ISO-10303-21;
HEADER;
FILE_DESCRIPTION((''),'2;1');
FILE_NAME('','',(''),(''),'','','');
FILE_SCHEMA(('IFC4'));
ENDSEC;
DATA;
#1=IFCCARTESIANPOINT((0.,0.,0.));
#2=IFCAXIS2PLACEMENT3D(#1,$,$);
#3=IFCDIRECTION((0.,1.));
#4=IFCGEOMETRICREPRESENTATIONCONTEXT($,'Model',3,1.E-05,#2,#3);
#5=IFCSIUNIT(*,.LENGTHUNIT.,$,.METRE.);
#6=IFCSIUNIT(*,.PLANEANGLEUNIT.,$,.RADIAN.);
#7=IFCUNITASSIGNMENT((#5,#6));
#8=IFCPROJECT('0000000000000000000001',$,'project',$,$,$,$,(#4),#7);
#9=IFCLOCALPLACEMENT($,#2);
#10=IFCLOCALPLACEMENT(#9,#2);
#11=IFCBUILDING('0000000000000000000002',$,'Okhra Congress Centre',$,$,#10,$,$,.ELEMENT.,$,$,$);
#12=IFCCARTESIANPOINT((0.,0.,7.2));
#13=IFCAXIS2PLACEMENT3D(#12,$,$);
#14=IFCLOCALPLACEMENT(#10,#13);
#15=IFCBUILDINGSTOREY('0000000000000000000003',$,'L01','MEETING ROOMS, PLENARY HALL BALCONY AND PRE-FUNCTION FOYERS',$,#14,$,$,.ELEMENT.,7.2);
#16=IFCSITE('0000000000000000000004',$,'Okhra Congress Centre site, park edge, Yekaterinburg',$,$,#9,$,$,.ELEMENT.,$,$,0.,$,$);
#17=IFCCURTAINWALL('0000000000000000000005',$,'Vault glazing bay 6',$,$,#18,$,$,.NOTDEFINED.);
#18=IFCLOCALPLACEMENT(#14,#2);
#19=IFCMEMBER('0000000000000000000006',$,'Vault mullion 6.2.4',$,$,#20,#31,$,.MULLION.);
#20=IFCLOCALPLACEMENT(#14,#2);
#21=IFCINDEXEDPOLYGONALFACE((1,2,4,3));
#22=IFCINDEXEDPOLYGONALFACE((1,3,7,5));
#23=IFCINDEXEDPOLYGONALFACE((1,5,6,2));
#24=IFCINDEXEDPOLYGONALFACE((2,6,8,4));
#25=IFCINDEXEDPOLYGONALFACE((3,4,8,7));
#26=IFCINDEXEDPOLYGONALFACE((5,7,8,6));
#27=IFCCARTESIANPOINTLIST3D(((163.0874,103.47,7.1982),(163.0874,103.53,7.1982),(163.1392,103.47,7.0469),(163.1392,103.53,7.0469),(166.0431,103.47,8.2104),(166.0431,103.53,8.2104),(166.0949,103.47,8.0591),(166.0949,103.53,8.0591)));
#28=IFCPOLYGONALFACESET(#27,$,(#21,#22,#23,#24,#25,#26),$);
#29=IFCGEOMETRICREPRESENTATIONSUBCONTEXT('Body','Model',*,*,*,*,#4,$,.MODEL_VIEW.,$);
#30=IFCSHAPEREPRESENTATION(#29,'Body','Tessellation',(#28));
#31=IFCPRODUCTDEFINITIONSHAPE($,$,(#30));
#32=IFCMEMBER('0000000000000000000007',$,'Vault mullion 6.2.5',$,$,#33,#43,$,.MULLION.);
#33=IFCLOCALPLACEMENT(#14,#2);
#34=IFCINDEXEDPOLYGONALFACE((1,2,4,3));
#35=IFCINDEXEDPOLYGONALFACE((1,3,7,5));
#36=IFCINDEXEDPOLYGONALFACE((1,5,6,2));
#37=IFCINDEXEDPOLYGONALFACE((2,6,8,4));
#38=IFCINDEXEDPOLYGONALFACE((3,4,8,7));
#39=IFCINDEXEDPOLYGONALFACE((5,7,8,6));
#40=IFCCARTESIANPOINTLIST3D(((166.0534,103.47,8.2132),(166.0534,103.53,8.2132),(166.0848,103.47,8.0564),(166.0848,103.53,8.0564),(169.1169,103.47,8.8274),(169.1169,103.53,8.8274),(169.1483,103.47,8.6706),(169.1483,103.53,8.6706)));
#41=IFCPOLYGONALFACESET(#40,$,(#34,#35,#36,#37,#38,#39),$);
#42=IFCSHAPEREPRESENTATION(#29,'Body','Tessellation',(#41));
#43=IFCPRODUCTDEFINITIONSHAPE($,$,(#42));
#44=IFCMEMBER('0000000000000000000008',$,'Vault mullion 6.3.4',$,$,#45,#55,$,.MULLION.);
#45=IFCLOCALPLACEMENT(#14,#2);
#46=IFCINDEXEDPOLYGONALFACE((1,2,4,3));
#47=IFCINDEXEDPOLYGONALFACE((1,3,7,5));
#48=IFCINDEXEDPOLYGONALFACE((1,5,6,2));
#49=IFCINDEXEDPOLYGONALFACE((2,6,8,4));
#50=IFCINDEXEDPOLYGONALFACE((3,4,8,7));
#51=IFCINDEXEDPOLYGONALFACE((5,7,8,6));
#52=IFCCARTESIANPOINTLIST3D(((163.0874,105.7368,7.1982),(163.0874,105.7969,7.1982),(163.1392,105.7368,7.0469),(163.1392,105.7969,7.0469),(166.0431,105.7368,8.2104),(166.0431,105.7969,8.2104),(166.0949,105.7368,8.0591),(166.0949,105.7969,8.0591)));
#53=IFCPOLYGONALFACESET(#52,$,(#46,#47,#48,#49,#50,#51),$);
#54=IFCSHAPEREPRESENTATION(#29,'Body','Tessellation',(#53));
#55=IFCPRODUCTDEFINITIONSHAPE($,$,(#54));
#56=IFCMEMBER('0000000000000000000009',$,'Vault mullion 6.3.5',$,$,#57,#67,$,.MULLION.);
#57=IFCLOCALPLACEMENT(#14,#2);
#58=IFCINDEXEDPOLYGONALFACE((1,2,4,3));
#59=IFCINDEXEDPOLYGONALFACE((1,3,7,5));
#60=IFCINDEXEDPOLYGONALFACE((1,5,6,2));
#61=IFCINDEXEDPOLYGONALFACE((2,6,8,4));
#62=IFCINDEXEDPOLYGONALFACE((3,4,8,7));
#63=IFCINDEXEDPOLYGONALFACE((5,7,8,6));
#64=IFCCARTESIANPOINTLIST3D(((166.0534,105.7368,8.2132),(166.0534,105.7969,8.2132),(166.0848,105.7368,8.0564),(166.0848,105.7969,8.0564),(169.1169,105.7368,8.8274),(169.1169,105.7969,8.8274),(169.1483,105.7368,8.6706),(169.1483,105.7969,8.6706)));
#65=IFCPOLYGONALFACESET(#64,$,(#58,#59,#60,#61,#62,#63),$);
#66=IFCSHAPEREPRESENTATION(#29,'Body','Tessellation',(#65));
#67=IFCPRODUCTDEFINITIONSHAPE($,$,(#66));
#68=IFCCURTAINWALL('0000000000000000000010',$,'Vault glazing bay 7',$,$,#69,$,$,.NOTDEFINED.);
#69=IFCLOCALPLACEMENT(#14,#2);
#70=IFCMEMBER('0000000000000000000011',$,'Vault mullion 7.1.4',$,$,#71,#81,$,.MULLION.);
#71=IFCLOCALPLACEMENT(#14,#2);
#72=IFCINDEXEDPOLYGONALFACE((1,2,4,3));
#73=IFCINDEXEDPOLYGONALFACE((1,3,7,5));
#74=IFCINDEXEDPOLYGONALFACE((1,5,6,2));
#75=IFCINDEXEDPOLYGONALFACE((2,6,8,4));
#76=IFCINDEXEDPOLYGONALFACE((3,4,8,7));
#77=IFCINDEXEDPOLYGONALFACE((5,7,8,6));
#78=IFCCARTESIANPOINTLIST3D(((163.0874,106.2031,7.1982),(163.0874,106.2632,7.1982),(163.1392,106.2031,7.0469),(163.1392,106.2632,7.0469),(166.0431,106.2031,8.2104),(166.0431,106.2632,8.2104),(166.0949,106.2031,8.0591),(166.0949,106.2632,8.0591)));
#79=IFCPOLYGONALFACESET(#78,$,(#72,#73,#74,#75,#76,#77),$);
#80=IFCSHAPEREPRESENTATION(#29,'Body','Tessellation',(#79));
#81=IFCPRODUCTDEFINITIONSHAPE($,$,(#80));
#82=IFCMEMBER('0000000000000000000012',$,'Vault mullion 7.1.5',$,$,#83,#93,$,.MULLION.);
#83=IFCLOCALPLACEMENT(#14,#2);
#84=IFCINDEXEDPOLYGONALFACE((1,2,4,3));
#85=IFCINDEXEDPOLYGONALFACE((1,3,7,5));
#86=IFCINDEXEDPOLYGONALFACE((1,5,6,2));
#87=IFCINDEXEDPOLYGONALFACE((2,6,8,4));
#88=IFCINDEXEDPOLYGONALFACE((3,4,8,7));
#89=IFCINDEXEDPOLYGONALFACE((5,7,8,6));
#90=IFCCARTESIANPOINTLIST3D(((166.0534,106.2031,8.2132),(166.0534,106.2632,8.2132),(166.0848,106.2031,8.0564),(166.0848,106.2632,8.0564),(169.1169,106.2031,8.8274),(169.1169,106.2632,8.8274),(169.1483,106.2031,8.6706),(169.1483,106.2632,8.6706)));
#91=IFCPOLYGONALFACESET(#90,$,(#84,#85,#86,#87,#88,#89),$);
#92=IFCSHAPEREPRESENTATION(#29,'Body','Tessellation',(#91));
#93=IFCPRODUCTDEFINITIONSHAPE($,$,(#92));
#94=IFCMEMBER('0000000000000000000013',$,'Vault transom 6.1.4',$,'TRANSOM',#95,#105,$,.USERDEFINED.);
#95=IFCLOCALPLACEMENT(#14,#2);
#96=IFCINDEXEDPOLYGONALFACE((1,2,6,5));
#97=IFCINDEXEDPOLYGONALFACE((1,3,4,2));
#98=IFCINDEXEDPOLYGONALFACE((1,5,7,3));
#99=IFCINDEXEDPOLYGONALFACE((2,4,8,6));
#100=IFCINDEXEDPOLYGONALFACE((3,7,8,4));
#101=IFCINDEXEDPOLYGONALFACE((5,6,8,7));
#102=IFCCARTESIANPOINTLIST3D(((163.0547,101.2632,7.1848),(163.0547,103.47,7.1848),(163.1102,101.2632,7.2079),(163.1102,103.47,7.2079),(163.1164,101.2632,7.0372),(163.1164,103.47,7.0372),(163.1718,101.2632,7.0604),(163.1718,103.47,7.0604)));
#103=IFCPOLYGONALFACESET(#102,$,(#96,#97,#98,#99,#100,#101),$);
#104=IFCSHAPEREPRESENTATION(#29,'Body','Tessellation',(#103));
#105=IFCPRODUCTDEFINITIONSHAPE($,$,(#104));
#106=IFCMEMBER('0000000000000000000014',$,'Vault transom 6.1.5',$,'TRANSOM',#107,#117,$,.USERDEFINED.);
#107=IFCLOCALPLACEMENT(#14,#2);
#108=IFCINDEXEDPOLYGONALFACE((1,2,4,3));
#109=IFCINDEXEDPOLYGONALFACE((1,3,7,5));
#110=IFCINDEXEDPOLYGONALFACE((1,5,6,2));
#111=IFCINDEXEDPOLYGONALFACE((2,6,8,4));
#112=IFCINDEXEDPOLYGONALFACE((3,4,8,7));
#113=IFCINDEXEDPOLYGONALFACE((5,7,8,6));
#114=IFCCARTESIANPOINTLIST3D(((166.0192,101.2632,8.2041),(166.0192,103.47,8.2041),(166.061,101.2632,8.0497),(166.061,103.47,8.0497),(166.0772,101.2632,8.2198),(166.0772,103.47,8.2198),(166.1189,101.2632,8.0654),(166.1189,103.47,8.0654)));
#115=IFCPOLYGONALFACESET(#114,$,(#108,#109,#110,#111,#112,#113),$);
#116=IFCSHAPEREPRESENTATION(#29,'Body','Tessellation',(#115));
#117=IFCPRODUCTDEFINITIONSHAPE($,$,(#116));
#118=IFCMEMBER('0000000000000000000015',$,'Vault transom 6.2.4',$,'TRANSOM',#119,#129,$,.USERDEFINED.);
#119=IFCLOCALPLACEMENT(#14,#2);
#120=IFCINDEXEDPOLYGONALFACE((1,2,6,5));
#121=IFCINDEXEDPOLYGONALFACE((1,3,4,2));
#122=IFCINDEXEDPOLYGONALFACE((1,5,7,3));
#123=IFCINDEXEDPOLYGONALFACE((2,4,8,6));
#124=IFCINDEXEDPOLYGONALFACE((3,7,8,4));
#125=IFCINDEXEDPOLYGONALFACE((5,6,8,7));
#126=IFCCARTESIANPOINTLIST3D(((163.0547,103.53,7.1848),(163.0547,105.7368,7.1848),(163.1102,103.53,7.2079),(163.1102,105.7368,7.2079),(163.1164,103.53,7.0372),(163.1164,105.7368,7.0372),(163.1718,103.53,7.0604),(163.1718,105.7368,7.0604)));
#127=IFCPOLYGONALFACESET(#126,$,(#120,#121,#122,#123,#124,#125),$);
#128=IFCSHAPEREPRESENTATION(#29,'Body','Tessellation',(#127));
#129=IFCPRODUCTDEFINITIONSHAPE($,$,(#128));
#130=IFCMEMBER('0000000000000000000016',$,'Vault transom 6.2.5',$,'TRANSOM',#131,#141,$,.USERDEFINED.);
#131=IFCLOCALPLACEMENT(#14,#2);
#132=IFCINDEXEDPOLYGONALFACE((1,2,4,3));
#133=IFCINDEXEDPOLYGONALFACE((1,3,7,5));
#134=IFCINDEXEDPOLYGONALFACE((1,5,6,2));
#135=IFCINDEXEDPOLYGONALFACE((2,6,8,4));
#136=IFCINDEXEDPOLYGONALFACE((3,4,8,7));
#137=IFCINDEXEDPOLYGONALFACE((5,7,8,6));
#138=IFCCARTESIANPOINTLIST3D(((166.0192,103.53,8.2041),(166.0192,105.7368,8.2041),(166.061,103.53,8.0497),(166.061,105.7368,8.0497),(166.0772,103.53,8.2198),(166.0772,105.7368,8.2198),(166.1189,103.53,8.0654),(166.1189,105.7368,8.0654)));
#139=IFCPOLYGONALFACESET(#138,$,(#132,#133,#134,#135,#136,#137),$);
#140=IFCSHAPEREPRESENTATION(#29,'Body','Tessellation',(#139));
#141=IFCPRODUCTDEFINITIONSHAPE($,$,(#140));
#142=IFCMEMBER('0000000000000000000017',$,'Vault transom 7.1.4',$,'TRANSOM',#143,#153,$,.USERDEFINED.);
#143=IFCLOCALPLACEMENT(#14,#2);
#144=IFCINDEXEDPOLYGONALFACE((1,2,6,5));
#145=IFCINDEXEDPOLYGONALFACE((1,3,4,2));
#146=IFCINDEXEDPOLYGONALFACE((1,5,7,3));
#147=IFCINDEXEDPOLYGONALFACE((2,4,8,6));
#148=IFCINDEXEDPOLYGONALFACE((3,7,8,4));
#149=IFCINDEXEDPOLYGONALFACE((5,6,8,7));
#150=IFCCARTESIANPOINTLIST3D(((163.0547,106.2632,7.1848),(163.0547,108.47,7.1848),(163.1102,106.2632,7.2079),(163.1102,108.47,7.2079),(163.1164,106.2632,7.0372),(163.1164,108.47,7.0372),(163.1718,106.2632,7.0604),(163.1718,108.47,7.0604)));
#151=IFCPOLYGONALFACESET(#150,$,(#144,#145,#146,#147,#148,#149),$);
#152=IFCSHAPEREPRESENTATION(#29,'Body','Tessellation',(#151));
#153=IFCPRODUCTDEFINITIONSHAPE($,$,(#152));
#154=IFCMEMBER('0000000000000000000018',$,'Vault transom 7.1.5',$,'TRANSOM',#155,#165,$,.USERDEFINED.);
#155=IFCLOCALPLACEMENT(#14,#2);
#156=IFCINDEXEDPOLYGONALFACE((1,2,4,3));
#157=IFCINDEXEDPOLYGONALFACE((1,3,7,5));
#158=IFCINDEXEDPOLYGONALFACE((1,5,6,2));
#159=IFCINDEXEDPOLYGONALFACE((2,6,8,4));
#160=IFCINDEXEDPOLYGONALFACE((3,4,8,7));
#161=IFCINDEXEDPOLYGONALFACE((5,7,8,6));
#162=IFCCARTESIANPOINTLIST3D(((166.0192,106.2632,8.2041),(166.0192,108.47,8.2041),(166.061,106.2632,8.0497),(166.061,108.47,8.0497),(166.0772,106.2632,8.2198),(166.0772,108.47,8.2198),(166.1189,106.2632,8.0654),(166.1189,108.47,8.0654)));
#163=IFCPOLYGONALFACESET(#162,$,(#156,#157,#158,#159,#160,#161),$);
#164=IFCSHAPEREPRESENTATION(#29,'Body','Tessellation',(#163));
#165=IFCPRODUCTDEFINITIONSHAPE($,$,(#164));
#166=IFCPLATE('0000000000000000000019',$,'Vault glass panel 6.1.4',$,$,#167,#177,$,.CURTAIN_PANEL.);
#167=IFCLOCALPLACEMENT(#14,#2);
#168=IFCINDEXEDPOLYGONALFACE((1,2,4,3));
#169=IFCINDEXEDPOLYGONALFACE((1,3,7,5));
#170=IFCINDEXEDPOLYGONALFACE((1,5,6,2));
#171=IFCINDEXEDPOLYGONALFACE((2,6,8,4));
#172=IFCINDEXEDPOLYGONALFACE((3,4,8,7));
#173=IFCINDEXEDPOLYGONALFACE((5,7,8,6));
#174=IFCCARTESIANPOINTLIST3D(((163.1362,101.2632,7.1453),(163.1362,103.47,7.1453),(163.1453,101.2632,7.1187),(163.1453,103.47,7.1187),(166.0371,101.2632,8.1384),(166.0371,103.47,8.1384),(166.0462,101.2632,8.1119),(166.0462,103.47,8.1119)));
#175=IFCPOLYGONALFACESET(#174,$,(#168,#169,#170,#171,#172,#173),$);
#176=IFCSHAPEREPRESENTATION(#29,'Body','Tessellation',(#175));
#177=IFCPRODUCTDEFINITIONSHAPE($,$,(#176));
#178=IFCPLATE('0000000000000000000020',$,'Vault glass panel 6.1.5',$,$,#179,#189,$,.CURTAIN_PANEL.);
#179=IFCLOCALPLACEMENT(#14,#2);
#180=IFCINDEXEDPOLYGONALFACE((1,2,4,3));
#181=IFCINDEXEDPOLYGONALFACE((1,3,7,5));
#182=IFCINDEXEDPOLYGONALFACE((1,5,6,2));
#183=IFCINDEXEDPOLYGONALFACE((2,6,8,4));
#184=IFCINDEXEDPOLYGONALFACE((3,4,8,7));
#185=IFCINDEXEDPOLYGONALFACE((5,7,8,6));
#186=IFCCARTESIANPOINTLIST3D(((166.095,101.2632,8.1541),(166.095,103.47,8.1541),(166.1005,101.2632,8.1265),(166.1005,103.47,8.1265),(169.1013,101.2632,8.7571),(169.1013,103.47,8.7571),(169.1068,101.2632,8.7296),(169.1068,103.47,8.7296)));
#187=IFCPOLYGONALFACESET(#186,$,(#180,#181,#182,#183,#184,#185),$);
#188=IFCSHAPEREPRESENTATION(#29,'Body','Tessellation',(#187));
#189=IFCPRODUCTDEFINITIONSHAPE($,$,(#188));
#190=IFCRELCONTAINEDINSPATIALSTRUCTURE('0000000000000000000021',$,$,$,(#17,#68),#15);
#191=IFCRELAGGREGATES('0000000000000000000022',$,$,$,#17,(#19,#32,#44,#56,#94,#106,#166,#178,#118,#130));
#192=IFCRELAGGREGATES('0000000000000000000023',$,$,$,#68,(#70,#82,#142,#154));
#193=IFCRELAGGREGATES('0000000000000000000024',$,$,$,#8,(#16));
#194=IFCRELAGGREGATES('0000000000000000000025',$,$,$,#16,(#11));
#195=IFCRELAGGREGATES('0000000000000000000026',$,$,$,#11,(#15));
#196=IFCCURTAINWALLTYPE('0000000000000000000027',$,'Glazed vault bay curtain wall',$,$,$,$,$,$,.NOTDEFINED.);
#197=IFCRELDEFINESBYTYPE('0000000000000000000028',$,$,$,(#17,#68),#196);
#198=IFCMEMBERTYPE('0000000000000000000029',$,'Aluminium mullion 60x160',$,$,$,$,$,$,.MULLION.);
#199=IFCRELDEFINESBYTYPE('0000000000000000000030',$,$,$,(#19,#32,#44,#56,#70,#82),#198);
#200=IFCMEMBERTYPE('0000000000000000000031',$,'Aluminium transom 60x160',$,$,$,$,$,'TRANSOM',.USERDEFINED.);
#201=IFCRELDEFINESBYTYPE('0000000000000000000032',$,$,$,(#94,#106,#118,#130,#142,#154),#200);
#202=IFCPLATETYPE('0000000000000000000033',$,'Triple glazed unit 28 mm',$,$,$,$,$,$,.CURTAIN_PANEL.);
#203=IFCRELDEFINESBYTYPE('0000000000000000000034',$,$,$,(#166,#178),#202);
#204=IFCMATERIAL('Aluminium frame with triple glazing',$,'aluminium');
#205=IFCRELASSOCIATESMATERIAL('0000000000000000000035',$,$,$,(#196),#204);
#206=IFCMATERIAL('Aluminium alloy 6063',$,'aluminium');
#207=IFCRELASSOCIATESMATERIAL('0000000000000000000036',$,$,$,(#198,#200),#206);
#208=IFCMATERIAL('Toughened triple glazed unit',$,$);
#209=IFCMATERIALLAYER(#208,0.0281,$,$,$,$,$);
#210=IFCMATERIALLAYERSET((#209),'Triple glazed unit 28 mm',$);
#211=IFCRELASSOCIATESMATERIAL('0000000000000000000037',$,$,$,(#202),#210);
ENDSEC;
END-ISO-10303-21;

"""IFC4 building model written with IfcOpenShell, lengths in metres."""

from ifc_helpers import new_model, si_unit, direction, frame, origin, origin_2d, place, context, subcontext, project, spatial, polyline, rectangle, outline, extrude, material, layer, layer_set, material_profile, profile_set, type_object, element, aggregate, save


model = new_model("IFC4")

# Units and contexts
model_context = context("Model", 3, precision=1e-05, world=origin(), true_north=direction((0.0, 1.0)))
body_context = subcontext(model_context, "Body", "Model", "MODEL_VIEW")
ifc_project = project(units=[si_unit("LENGTHUNIT", "METRE"), si_unit("PLANEANGLEUNIT", "RADIAN")], contexts=[model_context])

# Site, building, storey
site_placement = place(None, origin())
site = spatial("IfcSite", under=ifc_project, at=site_placement, Name="Okhra Congress Centre site, park edge, Yekaterinburg", CompositionType="ELEMENT", RefElevation=0.0)
building_placement = place(site_placement, origin())
building = spatial("IfcBuilding", under=site, at=building_placement, Name="Okhra Congress Centre", CompositionType="ELEMENT")
storey_placement = place(building_placement, frame((0.0, 0.0, 7.2)))
storey = spatial("IfcBuildingStorey", under=building, at=storey_placement, Name="L01", Description="MEETING ROOMS, PLENARY HALL BALCONY AND PRE-FUNCTION FOYERS", CompositionType="ELEMENT", Elevation=7.2)

# Curtain walls, members
ifc_material_1 = material(Name="Aluminium frame with triple glazing", Category="aluminium")
curtain_wall_type = type_object("IfcCurtainWallType", Name="Glazed vault bay curtain wall", PredefinedType="NOTDEFINED", material=ifc_material_1)
curtain_wall_1_placement = place(storey_placement, origin())
curtain_wall_1 = element("IfcCurtainWall", 1, at=curtain_wall_1_placement, inside=storey, type_object=curtain_wall_type, Name="Vault glazing bay 6", PredefinedType="NOTDEFINED")
ifc_material_2 = material(Name="Aluminium alloy 6063", Category="aluminium")
ifc_material_profile_1 = material_profile(ifc_material_2, rectangle(XDim=0.0601, YDim=0.1599, at=origin_2d()), Name="AL 60x160")
ifc_profile_set_1 = profile_set([ifc_material_profile_1], Name="Aluminium alloy 6063")
member_type_1 = type_object("IfcMemberType", Name="Aluminium mullion 60x160", PredefinedType="MULLION", material=ifc_profile_set_1)
member_1_placement = place(storey_placement, frame((163.1133, 103.5, 7.1226), z_axis=(0.946065, 0.0, 0.323977), x_axis=(0.0, 1.0, 0.0)))
member_1 = element("IfcMember", 2, at=member_1_placement, type_object=member_type_1, Name="Vault mullion 6.2.4", PredefinedType="MULLION", context=body_context, shape_type="SweptSolid", body=[
    extrude(rectangle(XDim=0.0601, YDim=0.1599, at=origin_2d()), origin(), (0.0, 0.0, 1.0), 3.1243),
])
member_2_placement = place(storey_placement, frame((166.0691, 103.5, 8.1348), z_axis=(0.980484, 0.0, 0.196597), x_axis=(0.0, 1.0, 0.0)))
member_2 = element("IfcMember", 3, at=member_2_placement, type_object=member_type_1, Name="Vault mullion 6.2.5", PredefinedType="MULLION", context=body_context, shape_type="SweptSolid", body=[
    extrude(rectangle(XDim=0.0601, YDim=0.1599, at=origin_2d()), origin(), (0.0, 0.0, 1.0), 3.1245),
])
member_3_placement = place(storey_placement, frame((163.1133, 105.7668, 7.1226), z_axis=(0.946065, 0.0, 0.323977), x_axis=(0.0, 1.0, 0.0)))
member_3 = element("IfcMember", 4, at=member_3_placement, type_object=member_type_1, Name="Vault mullion 6.3.4", PredefinedType="MULLION", context=body_context, shape_type="SweptSolid", body=[
    extrude(rectangle(XDim=0.0601, YDim=0.1599, at=origin_2d()), origin(), (0.0, 0.0, 1.0), 3.1243),
])
member_4_placement = place(storey_placement, frame((166.0691, 105.7668, 8.1348), z_axis=(0.980484, 0.0, 0.196597), x_axis=(0.0, 1.0, 0.0)))
member_4 = element("IfcMember", 5, at=member_4_placement, type_object=member_type_1, Name="Vault mullion 6.3.5", PredefinedType="MULLION", context=body_context, shape_type="SweptSolid", body=[
    extrude(rectangle(XDim=0.0601, YDim=0.1599, at=origin_2d()), origin(), (0.0, 0.0, 1.0), 3.1245),
])
curtain_wall_2_placement = place(storey_placement, origin())
curtain_wall_2 = element("IfcCurtainWall", 6, at=curtain_wall_2_placement, inside=storey, type_object=curtain_wall_type, Name="Vault glazing bay 7", PredefinedType="NOTDEFINED")
member_5_placement = place(storey_placement, frame((163.1133, 106.2332, 7.1226), z_axis=(0.946065, 0.0, 0.323977), x_axis=(0.0, 1.0, 0.0)))
member_5 = element("IfcMember", 7, at=member_5_placement, type_object=member_type_1, Name="Vault mullion 7.1.4", PredefinedType="MULLION", context=body_context, shape_type="SweptSolid", body=[
    extrude(rectangle(XDim=0.0601, YDim=0.1599, at=origin_2d()), origin(), (0.0, 0.0, 1.0), 3.1243),
])
member_6_placement = place(storey_placement, frame((166.0691, 106.2332, 8.1348), z_axis=(0.980484, 0.0, 0.196597), x_axis=(0.0, 1.0, 0.0)))
member_6 = element("IfcMember", 8, at=member_6_placement, type_object=member_type_1, Name="Vault mullion 7.1.5", PredefinedType="MULLION", context=body_context, shape_type="SweptSolid", body=[
    extrude(rectangle(XDim=0.0601, YDim=0.1599, at=origin_2d()), origin(), (0.0, 0.0, 1.0), 3.1245),
])

# Members
ifc_material_profile_2 = material_profile(ifc_material_2, rectangle(XDim=0.0601, YDim=0.1599, at=origin_2d()), Name="AL 60x160 transom")
ifc_profile_set_2 = profile_set([ifc_material_profile_2], Name="Aluminium alloy 6063")
member_type_2 = type_object("IfcMemberType", Name="Aluminium transom 60x160", ElementType="TRANSOM", PredefinedType="USERDEFINED", material=ifc_profile_set_2)
member_7_placement = place(storey_placement, frame((163.1133, 101.2632, 7.1226), z_axis=(0.0, 1.0, 0.0), x_axis=(-0.922669, 0.0, -0.385593)))
member_7 = element("IfcMember", 9, at=member_7_placement, type_object=member_type_2, Name="Vault transom 6.1.4", ObjectType="TRANSOM", PredefinedType="USERDEFINED", context=body_context, shape_type="SweptSolid", body=[
    extrude(rectangle(XDim=0.0601, YDim=0.1599, at=origin_2d()), origin(), (0.0, 0.0, 1.0), 2.2068),
])
member_8_placement = place(storey_placement, frame((166.0691, 101.2632, 8.1348), z_axis=(0.0, 1.0, 0.0), x_axis=(-0.96538, 0.0, -0.260848)))
member_8 = element("IfcMember", 10, at=member_8_placement, type_object=member_type_2, Name="Vault transom 6.1.5", ObjectType="TRANSOM", PredefinedType="USERDEFINED", context=body_context, shape_type="SweptSolid", body=[
    extrude(rectangle(XDim=0.0601, YDim=0.1599, at=origin_2d()), origin(), (0.0, 0.0, 1.0), 2.2068),
])
member_9_placement = place(storey_placement, frame((163.1133, 103.53, 7.1226), z_axis=(0.0, 1.0, 0.0), x_axis=(-0.922669, 0.0, -0.385593)))
member_9 = element("IfcMember", 11, at=member_9_placement, type_object=member_type_2, Name="Vault transom 6.2.4", ObjectType="TRANSOM", PredefinedType="USERDEFINED", context=body_context, shape_type="SweptSolid", body=[
    extrude(rectangle(XDim=0.0601, YDim=0.1599, at=origin_2d()), origin(), (0.0, 0.0, 1.0), 2.2068),
])
member_10_placement = place(storey_placement, frame((166.0691, 103.53, 8.1348), z_axis=(0.0, 1.0, 0.0), x_axis=(-0.96538, 0.0, -0.260848)))
member_10 = element("IfcMember", 12, at=member_10_placement, type_object=member_type_2, Name="Vault transom 6.2.5", ObjectType="TRANSOM", PredefinedType="USERDEFINED", context=body_context, shape_type="SweptSolid", body=[
    extrude(rectangle(XDim=0.0601, YDim=0.1599, at=origin_2d()), origin(), (0.0, 0.0, 1.0), 2.2068),
])
member_11_placement = place(storey_placement, frame((163.1133, 106.2632, 7.1226), z_axis=(0.0, 1.0, 0.0), x_axis=(-0.922669, 0.0, -0.385593)))
member_11 = element("IfcMember", 13, at=member_11_placement, type_object=member_type_2, Name="Vault transom 7.1.4", ObjectType="TRANSOM", PredefinedType="USERDEFINED", context=body_context, shape_type="SweptSolid", body=[
    extrude(rectangle(XDim=0.0601, YDim=0.1599, at=origin_2d()), origin(), (0.0, 0.0, 1.0), 2.2068),
])
member_12_placement = place(storey_placement, frame((166.0691, 106.2632, 8.1348), z_axis=(0.0, 1.0, 0.0), x_axis=(-0.96538, 0.0, -0.260848)))
member_12 = element("IfcMember", 14, at=member_12_placement, type_object=member_type_2, Name="Vault transom 7.1.5", ObjectType="TRANSOM", PredefinedType="USERDEFINED", context=body_context, shape_type="SweptSolid", body=[
    extrude(rectangle(XDim=0.0601, YDim=0.1599, at=origin_2d()), origin(), (0.0, 0.0, 1.0), 2.2068),
])

# Plates
ifc_material_3 = material(Name="Toughened triple glazed unit")
ifc_layer_1 = layer(ifc_material_3, 0.0281)
ifc_layer_set_1 = layer_set([ifc_layer_1], Name="Triple glazed unit 28 mm")
plate_type = type_object("IfcPlateType", Name="Triple glazed unit 28 mm", PredefinedType="CURTAIN_PANEL", material=ifc_layer_set_1)
plate_1_placement = place(storey_placement, frame((163.1362, 101.2632, 7.1453), z_axis=(-0.323909, 0.0, 0.946088), x_axis=(0.946088, 0.0, 0.323909)))
plate_1 = element("IfcPlate", 15, at=plate_1_placement, type_object=plate_type, Name="Vault glass panel 6.1.4", PredefinedType="CURTAIN_PANEL", context=body_context, shape_type="SweptSolid", body=[
    extrude(outline(polyline([(0.0, 0.0), (3.0662, 0.0), (3.0662, 2.2068), (0.0, 2.2068), (0.0, 0.0)])), origin(), (0.0, 0.0, -1.0), 0.0281),
])
plate_2_placement = place(storey_placement, frame((166.095, 101.2632, 8.1541), z_axis=(-0.196667, 0.0, 0.98047), x_axis=(0.98047, 0.0, 0.196667)))
plate_2 = element("IfcPlate", 16, at=plate_2_placement, type_object=plate_type, Name="Vault glass panel 6.1.5", PredefinedType="CURTAIN_PANEL", context=body_context, shape_type="SweptSolid", body=[
    extrude(outline(polyline([(0.0, 0.0), (3.0662, 0.0), (3.0662, 2.2068), (0.0, 2.2068), (0.0, 0.0)])), origin(), (0.0, 0.0, -1.0), 0.0281),
])
aggregate(curtain_wall_1, [member_1, member_2, member_3, member_4, member_7, member_8, plate_1, plate_2, member_9, member_10])
aggregate(curtain_wall_2, [member_5, member_6, member_11, member_12])

save(model, "model.ifc")
